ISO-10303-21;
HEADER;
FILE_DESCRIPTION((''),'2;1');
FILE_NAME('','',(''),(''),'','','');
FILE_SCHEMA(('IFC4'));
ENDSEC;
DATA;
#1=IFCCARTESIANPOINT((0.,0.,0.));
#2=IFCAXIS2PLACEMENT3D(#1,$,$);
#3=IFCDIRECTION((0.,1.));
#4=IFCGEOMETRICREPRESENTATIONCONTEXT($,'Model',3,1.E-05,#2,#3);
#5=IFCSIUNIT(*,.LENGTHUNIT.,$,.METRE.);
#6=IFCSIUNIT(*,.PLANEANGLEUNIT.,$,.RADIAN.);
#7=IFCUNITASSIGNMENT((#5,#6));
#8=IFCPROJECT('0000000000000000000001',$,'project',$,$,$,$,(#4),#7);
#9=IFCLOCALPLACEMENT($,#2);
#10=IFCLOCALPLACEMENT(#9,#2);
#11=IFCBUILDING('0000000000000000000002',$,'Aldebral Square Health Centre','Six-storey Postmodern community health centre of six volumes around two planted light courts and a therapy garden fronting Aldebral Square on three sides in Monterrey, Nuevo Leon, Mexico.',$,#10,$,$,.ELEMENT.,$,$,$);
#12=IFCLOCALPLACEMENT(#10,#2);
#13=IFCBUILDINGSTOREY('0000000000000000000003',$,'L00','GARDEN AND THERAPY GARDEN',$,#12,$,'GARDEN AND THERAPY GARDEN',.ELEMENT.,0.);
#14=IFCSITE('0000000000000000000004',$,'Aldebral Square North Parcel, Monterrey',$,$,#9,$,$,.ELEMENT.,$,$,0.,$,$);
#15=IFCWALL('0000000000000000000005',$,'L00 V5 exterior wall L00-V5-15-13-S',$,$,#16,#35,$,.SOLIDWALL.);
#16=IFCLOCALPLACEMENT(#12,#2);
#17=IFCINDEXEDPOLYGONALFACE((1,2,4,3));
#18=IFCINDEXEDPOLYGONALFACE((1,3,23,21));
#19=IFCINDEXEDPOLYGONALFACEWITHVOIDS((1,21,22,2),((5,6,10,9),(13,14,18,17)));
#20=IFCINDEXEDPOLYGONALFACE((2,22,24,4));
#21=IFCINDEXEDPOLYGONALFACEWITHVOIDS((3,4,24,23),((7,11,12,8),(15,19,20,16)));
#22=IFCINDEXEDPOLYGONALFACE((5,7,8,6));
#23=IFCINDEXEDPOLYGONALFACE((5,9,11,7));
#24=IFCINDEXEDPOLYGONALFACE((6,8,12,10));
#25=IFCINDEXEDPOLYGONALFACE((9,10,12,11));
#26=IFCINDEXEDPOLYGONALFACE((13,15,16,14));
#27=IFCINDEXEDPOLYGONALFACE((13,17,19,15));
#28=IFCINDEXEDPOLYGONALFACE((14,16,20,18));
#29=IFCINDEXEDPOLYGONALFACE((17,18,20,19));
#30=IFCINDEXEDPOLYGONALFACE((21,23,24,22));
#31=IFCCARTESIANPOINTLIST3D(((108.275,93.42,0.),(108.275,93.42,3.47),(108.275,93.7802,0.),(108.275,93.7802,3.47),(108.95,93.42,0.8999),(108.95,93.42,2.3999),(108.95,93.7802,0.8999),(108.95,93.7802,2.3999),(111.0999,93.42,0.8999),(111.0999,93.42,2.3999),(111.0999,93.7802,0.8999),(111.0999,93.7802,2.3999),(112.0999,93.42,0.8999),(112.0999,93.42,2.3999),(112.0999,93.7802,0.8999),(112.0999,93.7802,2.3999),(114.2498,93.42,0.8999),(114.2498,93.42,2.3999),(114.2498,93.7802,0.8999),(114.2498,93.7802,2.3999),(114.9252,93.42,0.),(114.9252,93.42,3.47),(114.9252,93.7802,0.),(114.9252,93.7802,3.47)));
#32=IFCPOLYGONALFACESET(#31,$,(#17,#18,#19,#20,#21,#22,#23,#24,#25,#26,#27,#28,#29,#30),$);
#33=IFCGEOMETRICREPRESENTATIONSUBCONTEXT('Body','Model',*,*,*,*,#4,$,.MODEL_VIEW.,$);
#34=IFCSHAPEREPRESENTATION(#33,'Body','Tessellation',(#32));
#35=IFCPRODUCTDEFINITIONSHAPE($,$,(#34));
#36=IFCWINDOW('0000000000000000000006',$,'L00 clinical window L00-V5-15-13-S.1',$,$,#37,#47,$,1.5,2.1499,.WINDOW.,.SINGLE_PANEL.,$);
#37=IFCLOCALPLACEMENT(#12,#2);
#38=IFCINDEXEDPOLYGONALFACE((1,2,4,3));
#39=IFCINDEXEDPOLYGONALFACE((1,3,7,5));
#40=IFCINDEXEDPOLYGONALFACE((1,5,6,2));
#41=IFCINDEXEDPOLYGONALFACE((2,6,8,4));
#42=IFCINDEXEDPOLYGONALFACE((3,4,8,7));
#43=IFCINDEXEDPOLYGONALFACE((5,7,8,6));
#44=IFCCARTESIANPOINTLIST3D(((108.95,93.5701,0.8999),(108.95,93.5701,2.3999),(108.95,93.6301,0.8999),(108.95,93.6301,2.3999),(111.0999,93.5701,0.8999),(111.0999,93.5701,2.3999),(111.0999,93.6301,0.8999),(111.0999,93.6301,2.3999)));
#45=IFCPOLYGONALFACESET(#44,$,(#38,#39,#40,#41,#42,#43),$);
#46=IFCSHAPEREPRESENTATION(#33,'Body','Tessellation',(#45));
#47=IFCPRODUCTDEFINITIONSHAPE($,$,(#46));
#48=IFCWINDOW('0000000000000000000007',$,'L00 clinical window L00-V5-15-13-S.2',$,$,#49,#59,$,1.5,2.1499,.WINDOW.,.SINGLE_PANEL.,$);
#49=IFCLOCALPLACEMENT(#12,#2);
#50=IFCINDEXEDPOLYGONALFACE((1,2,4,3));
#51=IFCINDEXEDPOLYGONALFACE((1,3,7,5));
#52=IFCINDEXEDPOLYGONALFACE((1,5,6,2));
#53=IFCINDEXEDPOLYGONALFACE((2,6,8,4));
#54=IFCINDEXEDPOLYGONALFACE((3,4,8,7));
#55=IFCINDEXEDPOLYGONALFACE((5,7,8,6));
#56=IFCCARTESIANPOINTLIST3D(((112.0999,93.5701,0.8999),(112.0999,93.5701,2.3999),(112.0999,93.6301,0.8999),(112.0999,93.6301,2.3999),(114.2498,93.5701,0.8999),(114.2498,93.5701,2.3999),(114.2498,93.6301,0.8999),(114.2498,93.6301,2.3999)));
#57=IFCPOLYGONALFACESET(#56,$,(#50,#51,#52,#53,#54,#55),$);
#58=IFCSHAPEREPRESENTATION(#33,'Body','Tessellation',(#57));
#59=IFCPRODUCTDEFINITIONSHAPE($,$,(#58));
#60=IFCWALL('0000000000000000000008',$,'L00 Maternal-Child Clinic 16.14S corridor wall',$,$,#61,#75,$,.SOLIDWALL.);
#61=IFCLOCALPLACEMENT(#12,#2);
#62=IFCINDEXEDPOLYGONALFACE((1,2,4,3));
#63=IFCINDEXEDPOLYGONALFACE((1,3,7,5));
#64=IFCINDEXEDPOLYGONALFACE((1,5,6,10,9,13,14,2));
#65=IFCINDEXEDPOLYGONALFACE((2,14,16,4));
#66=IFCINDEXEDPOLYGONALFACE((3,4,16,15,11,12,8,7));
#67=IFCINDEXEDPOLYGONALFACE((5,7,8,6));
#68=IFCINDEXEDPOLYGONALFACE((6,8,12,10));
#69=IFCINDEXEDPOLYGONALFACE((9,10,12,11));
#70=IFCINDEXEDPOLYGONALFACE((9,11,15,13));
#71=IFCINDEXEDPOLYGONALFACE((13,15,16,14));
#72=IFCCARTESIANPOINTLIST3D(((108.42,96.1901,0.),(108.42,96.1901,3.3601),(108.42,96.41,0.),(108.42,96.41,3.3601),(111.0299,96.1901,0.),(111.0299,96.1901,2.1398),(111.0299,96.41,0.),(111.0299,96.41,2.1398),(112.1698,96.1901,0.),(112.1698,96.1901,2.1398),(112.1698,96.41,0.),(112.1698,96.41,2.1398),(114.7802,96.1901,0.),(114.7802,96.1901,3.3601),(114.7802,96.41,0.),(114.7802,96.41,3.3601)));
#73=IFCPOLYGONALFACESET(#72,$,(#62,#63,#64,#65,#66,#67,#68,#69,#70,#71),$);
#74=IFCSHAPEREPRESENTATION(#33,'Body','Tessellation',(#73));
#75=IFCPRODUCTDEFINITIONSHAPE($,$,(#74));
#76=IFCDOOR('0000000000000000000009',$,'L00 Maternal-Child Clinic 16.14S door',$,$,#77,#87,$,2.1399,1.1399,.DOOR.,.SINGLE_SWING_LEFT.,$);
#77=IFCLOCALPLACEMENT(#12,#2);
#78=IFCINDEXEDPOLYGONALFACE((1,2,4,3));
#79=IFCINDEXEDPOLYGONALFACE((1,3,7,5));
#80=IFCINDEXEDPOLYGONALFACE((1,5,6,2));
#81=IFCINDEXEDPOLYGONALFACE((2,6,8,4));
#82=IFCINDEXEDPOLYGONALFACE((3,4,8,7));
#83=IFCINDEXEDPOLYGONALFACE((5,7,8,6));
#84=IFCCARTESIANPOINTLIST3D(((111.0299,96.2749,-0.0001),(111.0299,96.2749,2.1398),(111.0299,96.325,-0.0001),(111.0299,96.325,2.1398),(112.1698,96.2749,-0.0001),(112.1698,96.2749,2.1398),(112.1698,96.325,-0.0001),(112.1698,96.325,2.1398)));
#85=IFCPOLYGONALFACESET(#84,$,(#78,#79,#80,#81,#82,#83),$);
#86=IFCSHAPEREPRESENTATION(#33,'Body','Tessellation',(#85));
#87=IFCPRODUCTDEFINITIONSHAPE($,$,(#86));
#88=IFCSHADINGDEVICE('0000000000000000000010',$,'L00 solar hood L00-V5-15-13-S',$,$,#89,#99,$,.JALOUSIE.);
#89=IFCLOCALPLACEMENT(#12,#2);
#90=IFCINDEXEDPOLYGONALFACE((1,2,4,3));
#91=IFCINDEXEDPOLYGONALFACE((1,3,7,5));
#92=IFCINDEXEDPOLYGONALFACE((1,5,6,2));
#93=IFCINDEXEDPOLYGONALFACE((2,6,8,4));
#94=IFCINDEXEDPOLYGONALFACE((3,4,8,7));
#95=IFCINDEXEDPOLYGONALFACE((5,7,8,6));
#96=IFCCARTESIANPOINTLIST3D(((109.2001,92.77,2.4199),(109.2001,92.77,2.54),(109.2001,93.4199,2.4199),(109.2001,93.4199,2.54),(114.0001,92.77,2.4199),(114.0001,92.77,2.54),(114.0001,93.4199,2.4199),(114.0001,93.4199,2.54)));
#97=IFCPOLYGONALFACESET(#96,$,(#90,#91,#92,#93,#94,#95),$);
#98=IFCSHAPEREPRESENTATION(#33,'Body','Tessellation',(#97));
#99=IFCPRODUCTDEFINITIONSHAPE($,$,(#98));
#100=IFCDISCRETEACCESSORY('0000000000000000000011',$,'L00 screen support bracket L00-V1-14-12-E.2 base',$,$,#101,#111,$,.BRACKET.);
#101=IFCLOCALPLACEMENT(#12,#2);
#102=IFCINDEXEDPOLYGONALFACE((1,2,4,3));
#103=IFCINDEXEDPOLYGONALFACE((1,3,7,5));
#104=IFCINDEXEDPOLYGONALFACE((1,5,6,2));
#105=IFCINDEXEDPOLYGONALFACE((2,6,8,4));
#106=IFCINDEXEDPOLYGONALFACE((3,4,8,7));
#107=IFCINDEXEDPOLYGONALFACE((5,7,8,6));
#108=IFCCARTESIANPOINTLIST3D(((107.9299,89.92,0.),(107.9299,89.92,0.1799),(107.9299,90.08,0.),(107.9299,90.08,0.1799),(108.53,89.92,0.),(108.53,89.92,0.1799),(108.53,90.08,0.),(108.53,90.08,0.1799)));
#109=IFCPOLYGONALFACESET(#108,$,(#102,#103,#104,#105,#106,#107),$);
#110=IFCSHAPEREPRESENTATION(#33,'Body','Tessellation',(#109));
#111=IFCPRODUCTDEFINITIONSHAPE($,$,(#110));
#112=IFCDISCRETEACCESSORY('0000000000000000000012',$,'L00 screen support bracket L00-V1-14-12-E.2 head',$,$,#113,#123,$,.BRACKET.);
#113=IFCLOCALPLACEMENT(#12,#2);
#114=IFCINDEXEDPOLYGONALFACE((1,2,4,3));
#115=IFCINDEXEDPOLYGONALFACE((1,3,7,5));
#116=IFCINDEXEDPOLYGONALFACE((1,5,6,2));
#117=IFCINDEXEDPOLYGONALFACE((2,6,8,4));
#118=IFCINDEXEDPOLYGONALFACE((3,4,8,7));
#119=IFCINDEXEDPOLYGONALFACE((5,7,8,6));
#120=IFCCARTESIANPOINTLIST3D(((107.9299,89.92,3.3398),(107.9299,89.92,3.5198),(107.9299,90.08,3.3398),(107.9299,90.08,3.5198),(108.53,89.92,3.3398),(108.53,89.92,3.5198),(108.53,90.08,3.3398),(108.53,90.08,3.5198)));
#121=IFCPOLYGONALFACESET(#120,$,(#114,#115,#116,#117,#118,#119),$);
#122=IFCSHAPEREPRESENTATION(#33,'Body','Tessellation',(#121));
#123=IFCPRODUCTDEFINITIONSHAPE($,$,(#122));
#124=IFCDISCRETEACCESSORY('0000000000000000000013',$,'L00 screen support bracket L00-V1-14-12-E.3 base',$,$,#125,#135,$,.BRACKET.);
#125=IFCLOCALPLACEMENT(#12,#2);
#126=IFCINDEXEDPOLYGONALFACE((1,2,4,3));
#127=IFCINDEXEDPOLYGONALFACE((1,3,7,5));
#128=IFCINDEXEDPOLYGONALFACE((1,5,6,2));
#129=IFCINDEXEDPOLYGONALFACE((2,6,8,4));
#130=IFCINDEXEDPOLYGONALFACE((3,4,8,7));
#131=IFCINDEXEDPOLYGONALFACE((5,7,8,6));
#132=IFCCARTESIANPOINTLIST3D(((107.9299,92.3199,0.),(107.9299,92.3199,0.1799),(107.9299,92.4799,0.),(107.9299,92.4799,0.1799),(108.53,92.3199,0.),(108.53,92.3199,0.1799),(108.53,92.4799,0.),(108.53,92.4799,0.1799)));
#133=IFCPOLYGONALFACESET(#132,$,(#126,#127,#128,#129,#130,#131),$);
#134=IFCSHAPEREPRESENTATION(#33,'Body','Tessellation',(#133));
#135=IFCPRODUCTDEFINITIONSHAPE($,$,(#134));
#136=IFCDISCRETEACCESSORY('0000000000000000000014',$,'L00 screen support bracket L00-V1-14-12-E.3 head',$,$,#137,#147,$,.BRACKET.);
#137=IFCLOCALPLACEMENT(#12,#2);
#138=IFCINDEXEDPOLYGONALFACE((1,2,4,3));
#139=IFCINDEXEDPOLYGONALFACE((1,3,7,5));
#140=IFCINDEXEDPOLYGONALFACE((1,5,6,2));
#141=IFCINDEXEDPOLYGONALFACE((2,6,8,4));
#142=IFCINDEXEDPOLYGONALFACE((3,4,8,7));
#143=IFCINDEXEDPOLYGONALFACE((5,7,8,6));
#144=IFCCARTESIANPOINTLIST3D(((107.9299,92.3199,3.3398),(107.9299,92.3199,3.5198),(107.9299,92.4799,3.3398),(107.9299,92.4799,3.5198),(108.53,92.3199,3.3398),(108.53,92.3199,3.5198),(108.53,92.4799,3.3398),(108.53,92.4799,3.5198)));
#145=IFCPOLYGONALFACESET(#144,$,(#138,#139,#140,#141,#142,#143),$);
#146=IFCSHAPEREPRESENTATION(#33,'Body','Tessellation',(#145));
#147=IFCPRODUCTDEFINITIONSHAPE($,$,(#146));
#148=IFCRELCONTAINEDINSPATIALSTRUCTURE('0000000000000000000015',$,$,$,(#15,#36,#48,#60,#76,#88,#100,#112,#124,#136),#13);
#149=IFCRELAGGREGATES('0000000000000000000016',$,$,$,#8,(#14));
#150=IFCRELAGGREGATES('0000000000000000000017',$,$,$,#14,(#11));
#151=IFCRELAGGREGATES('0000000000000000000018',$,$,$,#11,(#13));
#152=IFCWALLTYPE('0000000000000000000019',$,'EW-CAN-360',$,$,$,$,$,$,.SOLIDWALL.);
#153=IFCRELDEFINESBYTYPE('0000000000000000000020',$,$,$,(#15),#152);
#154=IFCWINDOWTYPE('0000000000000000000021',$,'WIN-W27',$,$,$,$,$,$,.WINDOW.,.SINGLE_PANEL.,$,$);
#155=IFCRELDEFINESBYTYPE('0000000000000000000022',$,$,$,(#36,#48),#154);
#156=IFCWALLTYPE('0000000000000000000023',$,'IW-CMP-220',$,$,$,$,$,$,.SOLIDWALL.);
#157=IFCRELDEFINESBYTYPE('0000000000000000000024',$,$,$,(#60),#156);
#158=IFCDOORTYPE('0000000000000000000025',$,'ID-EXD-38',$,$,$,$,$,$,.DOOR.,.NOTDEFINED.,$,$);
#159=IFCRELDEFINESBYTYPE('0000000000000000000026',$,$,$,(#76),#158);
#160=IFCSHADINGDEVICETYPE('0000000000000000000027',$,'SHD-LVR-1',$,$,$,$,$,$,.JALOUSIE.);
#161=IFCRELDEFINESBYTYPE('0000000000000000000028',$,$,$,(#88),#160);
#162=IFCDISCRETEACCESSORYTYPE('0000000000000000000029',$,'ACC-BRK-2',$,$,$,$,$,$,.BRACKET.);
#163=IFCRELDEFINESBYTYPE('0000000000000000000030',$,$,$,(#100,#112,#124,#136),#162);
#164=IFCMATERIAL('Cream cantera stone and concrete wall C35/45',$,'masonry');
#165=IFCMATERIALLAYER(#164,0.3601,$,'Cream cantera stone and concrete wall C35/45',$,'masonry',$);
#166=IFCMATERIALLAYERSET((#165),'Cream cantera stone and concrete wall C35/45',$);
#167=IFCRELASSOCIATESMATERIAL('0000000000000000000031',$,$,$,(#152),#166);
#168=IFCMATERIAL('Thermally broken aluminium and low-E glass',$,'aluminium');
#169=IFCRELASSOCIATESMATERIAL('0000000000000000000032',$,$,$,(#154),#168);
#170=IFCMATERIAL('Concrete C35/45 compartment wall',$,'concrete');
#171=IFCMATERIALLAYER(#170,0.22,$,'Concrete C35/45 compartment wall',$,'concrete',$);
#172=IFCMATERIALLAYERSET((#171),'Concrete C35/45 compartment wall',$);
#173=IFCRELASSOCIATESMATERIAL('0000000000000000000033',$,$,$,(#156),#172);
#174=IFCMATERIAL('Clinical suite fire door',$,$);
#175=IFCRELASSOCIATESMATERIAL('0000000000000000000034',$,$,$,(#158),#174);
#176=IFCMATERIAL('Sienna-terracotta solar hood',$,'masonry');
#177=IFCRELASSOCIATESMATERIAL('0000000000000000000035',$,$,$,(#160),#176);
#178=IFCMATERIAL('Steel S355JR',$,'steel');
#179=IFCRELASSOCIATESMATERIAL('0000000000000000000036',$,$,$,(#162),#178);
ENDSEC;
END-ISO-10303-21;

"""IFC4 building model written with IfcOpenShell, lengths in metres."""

from ifc_helpers import new_model, si_unit, direction, frame, frame_2d, origin, origin_2d, place, context, subcontext, project, spatial, rectangle, extrude, material, layer, layer_set, type_object, element, fill, save


model = new_model("IFC4")

# Units and contexts
model_context = context("Model", 3, precision=1e-05, world=origin(), true_north=direction((0.0, 1.0)))
body_context = subcontext(model_context, "Body", "Model", "MODEL_VIEW")
ifc_project = project(units=[si_unit("LENGTHUNIT", "METRE"), si_unit("PLANEANGLEUNIT", "RADIAN")], contexts=[model_context])

# Site, building, storey
site_placement = place(None, origin())
site = spatial("IfcSite", under=ifc_project, at=site_placement, Name="Aldebral Square North Parcel, Monterrey", CompositionType="ELEMENT", RefElevation=0.0)
building_placement = place(site_placement, origin())
building = spatial("IfcBuilding", under=site, at=building_placement, Name="Aldebral Square Health Centre", Description="Six-storey Postmodern community health centre of six volumes around two planted light courts and a therapy garden fronting Aldebral Square on three sides in Monterrey, Nuevo Leon, Mexico.", CompositionType="ELEMENT")
storey_placement = place(building_placement, origin())
storey = spatial("IfcBuildingStorey", under=building, at=storey_placement, Name="L00", Description="GARDEN AND THERAPY GARDEN", LongName="GARDEN AND THERAPY GARDEN", CompositionType="ELEMENT", Elevation=0.0)

# Wall, openings, windows
ifc_material_1 = material(Name="Cream cantera stone and concrete wall C35/45", Category="masonry")
ifc_layer_1 = layer(ifc_material_1, 0.3601, Name="Cream cantera stone and concrete wall C35/45", Category="masonry")
ifc_layer_set_1 = layer_set([ifc_layer_1], Name="Cream cantera stone and concrete wall C35/45")
wall_type_1 = type_object("IfcWallType", Name="EW-CAN-360", PredefinedType="SOLIDWALL", material=ifc_layer_set_1)
wall_1_placement = place(storey_placement, frame((108.2749, 93.6001, 0.0), z_axis=(0.0, 0.0, 1.0), x_axis=(1.0, 0.0, 0.0)))
wall_1 = element("IfcWall", 1, at=wall_1_placement, inside=storey, type_object=wall_type_1, Name="L00 V5 exterior wall L00-V5-15-13-S", PredefinedType="SOLIDWALL", context=body_context, shape_type="SweptSolid", body=[
    extrude(rectangle(XDim=6.6501, YDim=0.3601, at=frame_2d((3.3252, 0.0))), origin(), (0.0, 0.0, 1.0), 3.47),
])
opening_1_placement = place(wall_1_placement, frame((0.675, 0.0, 0.8999)))
opening_1 = element("IfcOpeningElement", 2, at=opening_1_placement, cuts=wall_1, PredefinedType="OPENING", context=body_context, shape_type="SweptSolid", body=[
    extrude(rectangle(XDim=2.1499, YDim=1.5, at=frame_2d((1.075, 0.75))), frame((0.0, 0.1899, 0.0), z_axis=(0.0, -1.0, 0.0), x_axis=(1.0, 0.0, 0.0)), (0.0, 0.0, 1.0), 0.3801),
])
opening_2_placement = place(wall_1_placement, frame((3.825, 0.0, 0.8999)))
opening_2 = element("IfcOpeningElement", 3, at=opening_2_placement, cuts=wall_1, PredefinedType="OPENING", context=body_context, shape_type="SweptSolid", body=[
    extrude(rectangle(XDim=2.1499, YDim=1.5, at=frame_2d((1.075, 0.75))), frame((0.0, 0.1899, 0.0), z_axis=(0.0, -1.0, 0.0), x_axis=(1.0, 0.0, 0.0)), (0.0, 0.0, 1.0), 0.3801),
])
ifc_material_2 = material(Name="Thermally broken aluminium and low-E glass", Category="aluminium")
window_type = type_object("IfcWindowType", Name="WIN-W27", PartitioningType="SINGLE_PANEL", PredefinedType="WINDOW", material=ifc_material_2)
window_1_placement = place(opening_1_placement, origin())
window_1 = element("IfcWindow", 4, at=window_1_placement, inside=storey, type_object=window_type, Name="L00 clinical window L00-V5-15-13-S.1", OverallHeight=1.5, OverallWidth=2.1499, PartitioningType="SINGLE_PANEL", PredefinedType="WINDOW", context=body_context, shape_type="SweptSolid", body=[
    extrude(rectangle(XDim=2.1499, YDim=1.5, at=frame_2d((1.075, 0.75))), frame((0.0, 0.03, 0.0), z_axis=(0.0, -1.0, 0.0), x_axis=(1.0, 0.0, 0.0)), (0.0, 0.0, 1.0), 0.0601),
])
fill(opening_1, window_1)
window_2_placement = place(opening_2_placement, origin())
window_2 = element("IfcWindow", 5, at=window_2_placement, inside=storey, type_object=window_type, Name="L00 clinical window L00-V5-15-13-S.2", OverallHeight=1.5, OverallWidth=2.1499, PartitioningType="SINGLE_PANEL", PredefinedType="WINDOW", context=body_context, shape_type="SweptSolid", body=[
    extrude(rectangle(XDim=2.1499, YDim=1.5, at=frame_2d((1.075, 0.75))), frame((0.0, 0.03, 0.0), z_axis=(0.0, -1.0, 0.0), x_axis=(1.0, 0.0, 0.0)), (0.0, 0.0, 1.0), 0.0601),
])
fill(opening_2, window_2)

# Wall, opening, door
ifc_material_3 = material(Name="Concrete C35/45 compartment wall", Category="concrete")
ifc_layer_2 = layer(ifc_material_3, 0.22, Name="Concrete C35/45 compartment wall", Category="concrete")
ifc_layer_set_2 = layer_set([ifc_layer_2], Name="Concrete C35/45 compartment wall")
wall_type_2 = type_object("IfcWallType", Name="IW-CMP-220", PredefinedType="SOLIDWALL", material=ifc_layer_set_2)
wall_2_placement = place(storey_placement, frame((108.4199, 96.3, 0.0), z_axis=(0.0, 0.0, 1.0), x_axis=(1.0, 0.0, 0.0)))
wall_2 = element("IfcWall", 6, at=wall_2_placement, inside=storey, type_object=wall_type_2, Name="L00 Maternal-Child Clinic 16.14S corridor wall", PredefinedType="SOLIDWALL", context=body_context, shape_type="SweptSolid", body=[
    extrude(rectangle(XDim=6.3601, YDim=0.22, at=frame_2d((3.1802, 0.0))), origin(), (0.0, 0.0, 1.0), 3.3601),
])
opening_3_placement = place(wall_2_placement, frame((2.6101, 0.0, 0.0)))
opening_3 = element("IfcOpeningElement", 7, at=opening_3_placement, cuts=wall_2, PredefinedType="OPENING", context=body_context, shape_type="SweptSolid", body=[
    extrude(rectangle(XDim=1.1399, YDim=2.1399, at=frame_2d((0.5698, 1.0698))), frame((0.0, 0.1201, 0.0), z_axis=(0.0, -1.0, 0.0), x_axis=(1.0, 0.0, 0.0)), (0.0, 0.0, 1.0), 0.24),
])
ifc_material_4 = material(Name="Clinical suite fire door")
door_type = type_object("IfcDoorType", Name="ID-EXD-38", OperationType="NOTDEFINED", PredefinedType="DOOR", material=ifc_material_4)
door_placement = place(opening_3_placement, origin())
door = element("IfcDoor", 8, at=door_placement, inside=storey, type_object=door_type, Name="L00 Maternal-Child Clinic 16.14S door", OperationType="SINGLE_SWING_LEFT", OverallHeight=2.1399, OverallWidth=1.1399, PredefinedType="DOOR", context=body_context, shape_type="SweptSolid", body=[
    extrude(rectangle(XDim=1.1399, YDim=2.1399, at=frame_2d((0.5698, 1.0698))), frame((0.0, 0.0249, 0.0), z_axis=(0.0, -1.0, 0.0), x_axis=(1.0, 0.0, 0.0)), (0.0, 0.0, 1.0), 0.05),
])
fill(opening_3, door)

# Shading device
ifc_material_5 = material(Name="Sienna-terracotta solar hood", Category="masonry")
shading_device_type = type_object("IfcShadingDeviceType", Name="SHD-LVR-1", PredefinedType="JALOUSIE", material=ifc_material_5)
shading_device_placement = place(storey_placement, frame((111.6001, 93.095, 2.4199), z_axis=(0.0, 0.0, 1.0), x_axis=(1.0, 0.0, 0.0)))
element("IfcShadingDevice", 9, at=shading_device_placement, inside=storey, type_object=shading_device_type, Name="L00 solar hood L00-V5-15-13-S", PredefinedType="JALOUSIE", context=body_context, shape_type="SweptSolid", body=[
    extrude(rectangle(XDim=4.8, YDim=0.6499, at=origin_2d()), origin(), (0.0, 0.0, 1.0), 0.1201),
])

# Discrete accessories
ifc_material_6 = material(Name="Steel S355JR", Category="steel")
discrete_accessory_type = type_object("IfcDiscreteAccessoryType", Name="ACC-BRK-2", PredefinedType="BRACKET", material=ifc_material_6)
for number, where, z_axis, x_axis, name in (
    (10, (108.23, 90.0, 0.0), (0.0, 0.0, 1.0), (0.0, 1.0, 0.0), "L00 screen support bracket L00-V1-14-12-E.2 base"),
    (11, (108.23, 90.0, 3.3398), (0.0, 0.0, 1.0), (0.0, 1.0, 0.0), "L00 screen support bracket L00-V1-14-12-E.2 head"),
    (12, (108.23, 92.3999, 0.0), (0.0, 0.0, 1.0), (0.0, 1.0, 0.0), "L00 screen support bracket L00-V1-14-12-E.3 base"),
    (13, (108.23, 92.3999, 3.3398), (0.0, 0.0, 1.0), (0.0, 1.0, 0.0), "L00 screen support bracket L00-V1-14-12-E.3 head"),
):
    element("IfcDiscreteAccessory", number, at=place(storey_placement, frame(where, z_axis=z_axis, x_axis=x_axis)), inside=storey, type_object=discrete_accessory_type, Name=name, PredefinedType="BRACKET", context=body_context, shape_type="SweptSolid", body=[
        extrude(rectangle(XDim=0.1599, YDim=0.6001, at=origin_2d()), origin(), (0.0, 0.0, 1.0), 0.1799),
    ])

save(model, "model.ifc")
